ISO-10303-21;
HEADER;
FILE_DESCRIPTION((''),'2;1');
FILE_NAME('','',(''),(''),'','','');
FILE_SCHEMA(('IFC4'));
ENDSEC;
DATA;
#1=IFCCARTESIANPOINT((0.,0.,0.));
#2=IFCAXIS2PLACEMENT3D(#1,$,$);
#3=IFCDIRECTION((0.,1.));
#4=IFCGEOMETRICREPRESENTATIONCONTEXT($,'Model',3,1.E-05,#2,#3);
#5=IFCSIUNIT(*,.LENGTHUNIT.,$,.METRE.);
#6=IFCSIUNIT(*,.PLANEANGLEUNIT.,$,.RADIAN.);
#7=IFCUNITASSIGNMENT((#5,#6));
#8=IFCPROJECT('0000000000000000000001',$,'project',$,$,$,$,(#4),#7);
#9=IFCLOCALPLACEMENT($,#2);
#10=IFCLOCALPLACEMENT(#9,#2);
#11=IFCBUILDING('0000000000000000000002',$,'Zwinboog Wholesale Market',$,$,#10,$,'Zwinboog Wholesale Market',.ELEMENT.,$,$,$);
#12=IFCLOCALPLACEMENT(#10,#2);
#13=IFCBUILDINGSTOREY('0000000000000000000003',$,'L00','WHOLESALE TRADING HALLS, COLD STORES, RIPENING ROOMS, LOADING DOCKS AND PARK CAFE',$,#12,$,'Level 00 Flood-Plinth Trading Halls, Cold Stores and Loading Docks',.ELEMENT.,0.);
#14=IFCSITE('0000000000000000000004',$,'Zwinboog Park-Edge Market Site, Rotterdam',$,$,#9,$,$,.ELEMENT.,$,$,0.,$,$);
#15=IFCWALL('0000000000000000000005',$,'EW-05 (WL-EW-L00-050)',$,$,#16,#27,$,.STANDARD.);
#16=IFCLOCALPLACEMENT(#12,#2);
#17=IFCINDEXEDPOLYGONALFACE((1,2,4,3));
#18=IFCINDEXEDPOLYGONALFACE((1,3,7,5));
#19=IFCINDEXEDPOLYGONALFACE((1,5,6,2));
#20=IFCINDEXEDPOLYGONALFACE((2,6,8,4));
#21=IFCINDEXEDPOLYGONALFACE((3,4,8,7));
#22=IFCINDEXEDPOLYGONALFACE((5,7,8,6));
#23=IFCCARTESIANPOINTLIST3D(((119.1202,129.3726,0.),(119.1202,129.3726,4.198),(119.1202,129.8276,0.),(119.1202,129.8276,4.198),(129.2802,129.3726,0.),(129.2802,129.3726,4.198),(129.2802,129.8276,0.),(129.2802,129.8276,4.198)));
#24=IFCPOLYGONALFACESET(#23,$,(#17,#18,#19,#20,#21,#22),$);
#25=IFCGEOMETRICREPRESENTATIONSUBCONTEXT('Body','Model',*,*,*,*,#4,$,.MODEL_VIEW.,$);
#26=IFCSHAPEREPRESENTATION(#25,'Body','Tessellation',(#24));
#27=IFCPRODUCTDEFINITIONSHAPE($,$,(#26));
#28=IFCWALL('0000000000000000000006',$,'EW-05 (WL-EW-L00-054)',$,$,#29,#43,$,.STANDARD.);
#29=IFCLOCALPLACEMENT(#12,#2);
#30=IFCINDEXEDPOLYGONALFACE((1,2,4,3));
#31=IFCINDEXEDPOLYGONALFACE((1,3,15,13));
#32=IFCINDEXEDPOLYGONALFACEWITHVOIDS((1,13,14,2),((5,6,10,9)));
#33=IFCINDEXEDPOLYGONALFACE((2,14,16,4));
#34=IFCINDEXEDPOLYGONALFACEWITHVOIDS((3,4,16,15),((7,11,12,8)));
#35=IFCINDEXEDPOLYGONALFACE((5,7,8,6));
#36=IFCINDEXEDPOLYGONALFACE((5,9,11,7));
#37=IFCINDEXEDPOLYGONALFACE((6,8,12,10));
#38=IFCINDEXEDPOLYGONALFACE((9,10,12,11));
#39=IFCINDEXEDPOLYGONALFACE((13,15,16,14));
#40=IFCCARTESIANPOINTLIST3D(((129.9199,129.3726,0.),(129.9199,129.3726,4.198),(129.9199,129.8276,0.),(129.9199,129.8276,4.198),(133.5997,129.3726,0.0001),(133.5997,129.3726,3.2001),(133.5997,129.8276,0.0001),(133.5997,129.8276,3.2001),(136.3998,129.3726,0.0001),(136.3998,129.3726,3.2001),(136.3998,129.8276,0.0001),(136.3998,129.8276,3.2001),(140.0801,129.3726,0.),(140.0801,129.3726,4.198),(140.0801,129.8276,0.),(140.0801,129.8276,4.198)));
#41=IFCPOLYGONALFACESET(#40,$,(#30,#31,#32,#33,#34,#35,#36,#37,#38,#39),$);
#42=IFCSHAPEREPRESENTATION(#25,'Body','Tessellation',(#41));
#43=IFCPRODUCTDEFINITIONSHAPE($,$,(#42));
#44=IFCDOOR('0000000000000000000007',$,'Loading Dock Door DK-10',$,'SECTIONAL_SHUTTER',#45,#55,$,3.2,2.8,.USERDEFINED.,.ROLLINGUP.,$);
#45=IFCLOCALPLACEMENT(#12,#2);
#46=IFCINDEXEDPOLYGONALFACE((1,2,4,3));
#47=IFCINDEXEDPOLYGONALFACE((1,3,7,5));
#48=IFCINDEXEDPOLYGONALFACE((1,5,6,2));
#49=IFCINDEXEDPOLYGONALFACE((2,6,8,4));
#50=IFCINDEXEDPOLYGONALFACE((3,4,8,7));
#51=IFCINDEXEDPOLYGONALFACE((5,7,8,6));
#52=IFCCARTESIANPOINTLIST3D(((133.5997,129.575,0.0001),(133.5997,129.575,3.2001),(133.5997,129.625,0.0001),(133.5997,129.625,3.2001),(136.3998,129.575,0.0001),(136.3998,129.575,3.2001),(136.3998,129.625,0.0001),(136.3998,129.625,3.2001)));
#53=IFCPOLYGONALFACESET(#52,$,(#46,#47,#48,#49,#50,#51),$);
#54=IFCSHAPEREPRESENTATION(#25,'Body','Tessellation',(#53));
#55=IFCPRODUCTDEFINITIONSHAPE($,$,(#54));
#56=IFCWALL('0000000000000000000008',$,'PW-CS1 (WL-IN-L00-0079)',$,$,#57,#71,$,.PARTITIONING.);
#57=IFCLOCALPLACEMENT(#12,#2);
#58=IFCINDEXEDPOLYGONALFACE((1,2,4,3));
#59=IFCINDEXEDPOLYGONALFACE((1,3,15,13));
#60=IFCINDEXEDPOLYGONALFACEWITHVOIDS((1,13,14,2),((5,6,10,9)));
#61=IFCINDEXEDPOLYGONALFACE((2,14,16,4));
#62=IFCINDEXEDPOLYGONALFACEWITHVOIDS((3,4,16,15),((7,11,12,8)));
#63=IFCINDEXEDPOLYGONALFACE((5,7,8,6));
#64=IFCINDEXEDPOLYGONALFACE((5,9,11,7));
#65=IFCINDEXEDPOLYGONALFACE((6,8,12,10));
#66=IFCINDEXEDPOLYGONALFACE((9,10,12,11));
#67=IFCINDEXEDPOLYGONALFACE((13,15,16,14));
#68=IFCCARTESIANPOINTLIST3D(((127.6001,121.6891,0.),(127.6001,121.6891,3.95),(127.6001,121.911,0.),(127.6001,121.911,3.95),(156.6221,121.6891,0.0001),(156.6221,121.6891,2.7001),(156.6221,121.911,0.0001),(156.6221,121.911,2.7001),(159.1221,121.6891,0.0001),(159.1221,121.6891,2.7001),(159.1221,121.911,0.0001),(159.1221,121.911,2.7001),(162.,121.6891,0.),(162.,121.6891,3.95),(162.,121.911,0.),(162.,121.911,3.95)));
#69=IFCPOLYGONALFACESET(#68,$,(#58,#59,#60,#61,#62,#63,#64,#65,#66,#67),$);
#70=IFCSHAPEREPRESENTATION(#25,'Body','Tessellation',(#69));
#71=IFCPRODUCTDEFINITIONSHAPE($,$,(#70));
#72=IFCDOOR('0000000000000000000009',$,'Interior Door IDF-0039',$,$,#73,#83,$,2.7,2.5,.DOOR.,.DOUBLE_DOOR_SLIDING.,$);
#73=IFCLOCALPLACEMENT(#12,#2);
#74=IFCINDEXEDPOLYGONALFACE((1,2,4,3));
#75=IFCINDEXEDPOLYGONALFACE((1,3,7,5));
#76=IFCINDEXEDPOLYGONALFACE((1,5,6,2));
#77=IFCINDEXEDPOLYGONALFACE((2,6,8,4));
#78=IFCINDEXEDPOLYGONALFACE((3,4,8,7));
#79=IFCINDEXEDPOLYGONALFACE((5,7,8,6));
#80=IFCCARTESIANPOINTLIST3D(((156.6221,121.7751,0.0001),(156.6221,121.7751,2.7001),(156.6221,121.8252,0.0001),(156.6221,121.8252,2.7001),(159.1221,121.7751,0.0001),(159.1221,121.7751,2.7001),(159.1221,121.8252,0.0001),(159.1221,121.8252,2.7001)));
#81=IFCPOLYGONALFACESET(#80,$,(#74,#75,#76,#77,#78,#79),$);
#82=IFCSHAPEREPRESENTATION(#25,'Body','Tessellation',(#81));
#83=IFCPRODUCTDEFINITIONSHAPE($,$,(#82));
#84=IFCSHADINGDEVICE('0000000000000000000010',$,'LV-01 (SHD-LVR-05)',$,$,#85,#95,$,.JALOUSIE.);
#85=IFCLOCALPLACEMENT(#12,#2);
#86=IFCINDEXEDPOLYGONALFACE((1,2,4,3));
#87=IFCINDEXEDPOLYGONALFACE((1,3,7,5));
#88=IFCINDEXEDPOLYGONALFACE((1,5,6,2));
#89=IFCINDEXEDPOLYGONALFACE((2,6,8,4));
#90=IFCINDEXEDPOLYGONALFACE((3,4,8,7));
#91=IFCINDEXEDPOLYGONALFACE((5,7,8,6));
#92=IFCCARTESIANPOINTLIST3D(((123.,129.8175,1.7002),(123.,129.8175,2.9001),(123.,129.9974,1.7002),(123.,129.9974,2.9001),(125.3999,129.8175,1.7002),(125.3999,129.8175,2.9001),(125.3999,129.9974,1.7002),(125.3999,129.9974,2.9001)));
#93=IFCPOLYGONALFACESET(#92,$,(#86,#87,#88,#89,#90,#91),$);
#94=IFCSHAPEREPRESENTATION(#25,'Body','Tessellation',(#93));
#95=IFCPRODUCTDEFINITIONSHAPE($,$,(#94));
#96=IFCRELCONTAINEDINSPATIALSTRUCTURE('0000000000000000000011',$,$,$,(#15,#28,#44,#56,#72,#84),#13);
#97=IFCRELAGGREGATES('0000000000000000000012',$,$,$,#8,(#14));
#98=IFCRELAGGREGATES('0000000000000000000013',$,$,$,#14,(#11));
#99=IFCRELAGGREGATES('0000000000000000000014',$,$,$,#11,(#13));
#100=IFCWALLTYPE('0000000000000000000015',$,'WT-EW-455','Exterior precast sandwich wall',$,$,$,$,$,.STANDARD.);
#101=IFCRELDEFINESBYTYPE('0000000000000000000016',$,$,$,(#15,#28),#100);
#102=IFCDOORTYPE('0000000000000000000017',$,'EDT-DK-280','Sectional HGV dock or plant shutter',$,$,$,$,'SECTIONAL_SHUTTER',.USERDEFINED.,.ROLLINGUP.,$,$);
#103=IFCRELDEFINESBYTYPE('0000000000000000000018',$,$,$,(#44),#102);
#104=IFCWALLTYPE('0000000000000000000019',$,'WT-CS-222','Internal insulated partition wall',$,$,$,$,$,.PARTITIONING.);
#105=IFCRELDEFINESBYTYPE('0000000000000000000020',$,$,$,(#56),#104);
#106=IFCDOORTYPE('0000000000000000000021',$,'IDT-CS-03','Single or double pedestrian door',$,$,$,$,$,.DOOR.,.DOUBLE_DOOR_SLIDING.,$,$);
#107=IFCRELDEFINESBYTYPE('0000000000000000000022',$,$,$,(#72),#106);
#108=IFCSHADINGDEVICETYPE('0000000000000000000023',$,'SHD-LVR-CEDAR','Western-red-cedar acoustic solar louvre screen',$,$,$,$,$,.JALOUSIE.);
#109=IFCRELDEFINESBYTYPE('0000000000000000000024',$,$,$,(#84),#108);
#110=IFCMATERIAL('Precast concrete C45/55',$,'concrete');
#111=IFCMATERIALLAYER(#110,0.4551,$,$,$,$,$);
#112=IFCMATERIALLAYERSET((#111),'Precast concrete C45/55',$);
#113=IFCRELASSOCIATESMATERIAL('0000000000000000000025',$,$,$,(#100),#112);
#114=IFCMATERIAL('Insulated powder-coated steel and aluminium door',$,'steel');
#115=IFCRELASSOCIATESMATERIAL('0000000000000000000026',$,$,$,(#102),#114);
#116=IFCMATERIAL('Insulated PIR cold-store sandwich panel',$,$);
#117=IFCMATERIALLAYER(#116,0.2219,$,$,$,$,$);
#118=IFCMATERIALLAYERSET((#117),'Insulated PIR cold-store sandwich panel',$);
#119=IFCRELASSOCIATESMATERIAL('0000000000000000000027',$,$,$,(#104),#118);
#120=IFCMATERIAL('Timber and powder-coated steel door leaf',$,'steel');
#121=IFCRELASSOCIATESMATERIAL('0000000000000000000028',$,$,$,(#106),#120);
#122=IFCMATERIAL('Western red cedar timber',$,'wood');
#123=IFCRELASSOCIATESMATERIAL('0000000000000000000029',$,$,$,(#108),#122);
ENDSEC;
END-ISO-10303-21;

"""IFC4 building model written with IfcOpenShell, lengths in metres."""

from ifc_helpers import new_model, si_unit, direction, frame, frame_2d, origin, origin_2d, place, context, subcontext, project, spatial, rectangle, extrude, material, layer, layer_set, type_object, element, fill, save


model = new_model("IFC4")

# Units and contexts
model_context = context("Model", 3, precision=1e-05, world=origin(), true_north=direction((0.0, 1.0)))
body_context = subcontext(model_context, "Body", "Model", "MODEL_VIEW")
ifc_project = project(units=[si_unit("LENGTHUNIT", "METRE"), si_unit("PLANEANGLEUNIT", "RADIAN")], contexts=[model_context])

# Site, building, storey
site_placement = place(None, origin())
site = spatial("IfcSite", under=ifc_project, at=site_placement, Name="Zwinboog Park-Edge Market Site, Rotterdam", CompositionType="ELEMENT", RefElevation=0.0)
building_placement = place(site_placement, origin())
building = spatial("IfcBuilding", under=site, at=building_placement, Name="Zwinboog Wholesale Market", LongName="Zwinboog Wholesale Market", CompositionType="ELEMENT")
storey_placement = place(building_placement, origin())
storey = spatial("IfcBuildingStorey", under=building, at=storey_placement, Name="L00", Description="WHOLESALE TRADING HALLS, COLD STORES, RIPENING ROOMS, LOADING DOCKS AND PARK CAFE", LongName="Level 00 Flood-Plinth Trading Halls, Cold Stores and Loading Docks", CompositionType="ELEMENT", Elevation=0.0)

# Shared definitions
ifc_material_1 = material(Name="Precast concrete C45/55", Category="concrete")

# Wall
ifc_layer_1 = layer(ifc_material_1, 0.4551)
ifc_layer_set_1 = layer_set([ifc_layer_1], Name="Precast concrete C45/55")
wall_type_1 = type_object("IfcWallType", Name="WT-EW-455", Description="Exterior precast sandwich wall", PredefinedType="STANDARD", material=ifc_layer_set_1)
wall_1_placement = place(storey_placement, frame((119.1201, 129.6001, 0.0), z_axis=(0.0, 0.0, 1.0), x_axis=(1.0, 0.0, 0.0)))
element("IfcWall", 1, at=wall_1_placement, inside=storey, type_object=wall_type_1, Name="EW-05 (WL-EW-L00-050)", PredefinedType="STANDARD", context=body_context, shape_type="SweptSolid", body=[
    extrude(rectangle(XDim=10.1599, YDim=0.4551, at=frame_2d((5.0801, 0.0))), origin(), (0.0, 0.0, 1.0), 4.198),
])

# Walls, openings, doors
wall_2_placement = place(storey_placement, frame((129.9199, 129.6001, 0.0), z_axis=(0.0, 0.0, 1.0), x_axis=(1.0, 0.0, 0.0)))
wall_2 = element("IfcWall", 2, at=wall_2_placement, inside=storey, type_object=wall_type_1, Name="EW-05 (WL-EW-L00-054)", PredefinedType="STANDARD", context=body_context, shape_type="SweptSolid", body=[
    extrude(rectangle(XDim=10.1602, YDim=0.4551, at=frame_2d((5.0801, 0.0))), origin(), (0.0, 0.0, 1.0), 4.198),
])
opening_1_placement = place(wall_2_placement, frame((3.6799, 0.0, 0.0)))
opening_1 = element("IfcOpeningElement", 3, at=opening_1_placement, cuts=wall_2, PredefinedType="OPENING", context=body_context, shape_type="SweptSolid", body=[
    extrude(rectangle(XDim=2.8, YDim=3.2, at=frame_2d((1.3999, 1.6001))), frame((0.0, 0.2375, 0.0), z_axis=(0.0, -1.0, 0.0), x_axis=(1.0, 0.0, 0.0)), (0.0, 0.0, 1.0), 0.4751),
])
ifc_material_2 = material(Name="Insulated powder-coated steel and aluminium door", Category="steel")
door_type_1 = type_object("IfcDoorType", Name="EDT-DK-280", Description="Sectional HGV dock or plant shutter", ElementType="SECTIONAL_SHUTTER", OperationType="ROLLINGUP", PredefinedType="USERDEFINED", material=ifc_material_2)
door_1_placement = place(opening_1_placement, origin())
door_1 = element("IfcDoor", 4, at=door_1_placement, inside=storey, type_object=door_type_1, Name="Loading Dock Door DK-10", ObjectType="SECTIONAL_SHUTTER", OperationType="ROLLINGUP", OverallHeight=3.2, OverallWidth=2.8, PredefinedType="USERDEFINED", context=body_context, shape_type="SweptSolid", body=[
    extrude(rectangle(XDim=2.8, YDim=3.2, at=frame_2d((1.3999, 1.6001))), frame((0.0, 0.0249, 0.0), z_axis=(0.0, -1.0, 0.0), x_axis=(1.0, 0.0, 0.0)), (0.0, 0.0, 1.0), 0.05),
])
fill(opening_1, door_1)
ifc_material_3 = material(Name="Insulated PIR cold-store sandwich panel")
ifc_layer_2 = layer(ifc_material_3, 0.2219)
ifc_layer_set_2 = layer_set([ifc_layer_2], Name="Insulated PIR cold-store sandwich panel")
wall_type_2 = type_object("IfcWallType", Name="WT-CS-222", Description="Internal insulated partition wall", PredefinedType="PARTITIONING", material=ifc_layer_set_2)
wall_3_placement = place(storey_placement, frame((127.6001, 121.8, 0.0), z_axis=(0.0, 0.0, 1.0), x_axis=(1.0, 0.0, 0.0)))
wall_3 = element("IfcWall", 5, at=wall_3_placement, inside=storey, type_object=wall_type_2, Name="PW-CS1 (WL-IN-L00-0079)", PredefinedType="PARTITIONING", context=body_context, shape_type="SweptSolid", body=[
    extrude(rectangle(XDim=34.3999, YDim=0.2219, at=frame_2d((17.2, 0.0))), origin(), (0.0, 0.0, 1.0), 3.95),
])
opening_2_placement = place(wall_3_placement, frame((29.022, 0.0, 0.0)))
opening_2 = element("IfcOpeningElement", 6, at=opening_2_placement, cuts=wall_3, PredefinedType="OPENING", context=body_context, shape_type="SweptSolid", body=[
    extrude(rectangle(XDim=2.5, YDim=2.7, at=frame_2d((1.25, 1.3501))), frame((0.0, 0.1208, 0.0), z_axis=(0.0, -1.0, 0.0), x_axis=(1.0, 0.0, 0.0)), (0.0, 0.0, 1.0), 0.2419),
])
ifc_material_4 = material(Name="Timber and powder-coated steel door leaf", Category="steel")
door_type_2 = type_object("IfcDoorType", Name="IDT-CS-03", Description="Single or double pedestrian door", OperationType="DOUBLE_DOOR_SLIDING", PredefinedType="DOOR", material=ifc_material_4)
door_2_placement = place(opening_2_placement, frame((2.5, 0.0, 0.0), z_axis=(0.0, 0.0, 1.0), x_axis=(-1.0, 0.0, 0.0)))
door_2 = element("IfcDoor", 7, at=door_2_placement, inside=storey, type_object=door_type_2, Name="Interior Door IDF-0039", OperationType="DOUBLE_DOOR_SLIDING", OverallHeight=2.7, OverallWidth=2.5, PredefinedType="DOOR", context=body_context, shape_type="SweptSolid", body=[
    extrude(rectangle(XDim=2.5, YDim=2.7, at=frame_2d((1.25, 1.3501))), frame((0.0, 0.0249, 0.0), z_axis=(0.0, -1.0, 0.0), x_axis=(1.0, 0.0, 0.0)), (0.0, 0.0, 1.0), 0.05),
])
fill(opening_2, door_2)

# Shading device
ifc_material_5 = material(Name="Western red cedar timber", Category="wood")
shading_device_type = type_object("IfcShadingDeviceType", Name="SHD-LVR-CEDAR", Description="Western-red-cedar acoustic solar louvre screen", PredefinedType="JALOUSIE", material=ifc_material_5)
shading_device_placement = place(storey_placement, frame((124.2, 129.9075, 1.7002), z_axis=(0.0, 0.0, 1.0), x_axis=(1.0, 0.0, 0.0)))
element("IfcShadingDevice", 8, at=shading_device_placement, inside=storey, type_object=shading_device_type, Name="LV-01 (SHD-LVR-05)", PredefinedType="JALOUSIE", context=body_context, shape_type="SweptSolid", body=[
    extrude(rectangle(XDim=2.3999, YDim=0.1799, at=origin_2d()), origin(), (0.0, 0.0, 1.0), 1.2),
])

save(model, "model.ifc")
